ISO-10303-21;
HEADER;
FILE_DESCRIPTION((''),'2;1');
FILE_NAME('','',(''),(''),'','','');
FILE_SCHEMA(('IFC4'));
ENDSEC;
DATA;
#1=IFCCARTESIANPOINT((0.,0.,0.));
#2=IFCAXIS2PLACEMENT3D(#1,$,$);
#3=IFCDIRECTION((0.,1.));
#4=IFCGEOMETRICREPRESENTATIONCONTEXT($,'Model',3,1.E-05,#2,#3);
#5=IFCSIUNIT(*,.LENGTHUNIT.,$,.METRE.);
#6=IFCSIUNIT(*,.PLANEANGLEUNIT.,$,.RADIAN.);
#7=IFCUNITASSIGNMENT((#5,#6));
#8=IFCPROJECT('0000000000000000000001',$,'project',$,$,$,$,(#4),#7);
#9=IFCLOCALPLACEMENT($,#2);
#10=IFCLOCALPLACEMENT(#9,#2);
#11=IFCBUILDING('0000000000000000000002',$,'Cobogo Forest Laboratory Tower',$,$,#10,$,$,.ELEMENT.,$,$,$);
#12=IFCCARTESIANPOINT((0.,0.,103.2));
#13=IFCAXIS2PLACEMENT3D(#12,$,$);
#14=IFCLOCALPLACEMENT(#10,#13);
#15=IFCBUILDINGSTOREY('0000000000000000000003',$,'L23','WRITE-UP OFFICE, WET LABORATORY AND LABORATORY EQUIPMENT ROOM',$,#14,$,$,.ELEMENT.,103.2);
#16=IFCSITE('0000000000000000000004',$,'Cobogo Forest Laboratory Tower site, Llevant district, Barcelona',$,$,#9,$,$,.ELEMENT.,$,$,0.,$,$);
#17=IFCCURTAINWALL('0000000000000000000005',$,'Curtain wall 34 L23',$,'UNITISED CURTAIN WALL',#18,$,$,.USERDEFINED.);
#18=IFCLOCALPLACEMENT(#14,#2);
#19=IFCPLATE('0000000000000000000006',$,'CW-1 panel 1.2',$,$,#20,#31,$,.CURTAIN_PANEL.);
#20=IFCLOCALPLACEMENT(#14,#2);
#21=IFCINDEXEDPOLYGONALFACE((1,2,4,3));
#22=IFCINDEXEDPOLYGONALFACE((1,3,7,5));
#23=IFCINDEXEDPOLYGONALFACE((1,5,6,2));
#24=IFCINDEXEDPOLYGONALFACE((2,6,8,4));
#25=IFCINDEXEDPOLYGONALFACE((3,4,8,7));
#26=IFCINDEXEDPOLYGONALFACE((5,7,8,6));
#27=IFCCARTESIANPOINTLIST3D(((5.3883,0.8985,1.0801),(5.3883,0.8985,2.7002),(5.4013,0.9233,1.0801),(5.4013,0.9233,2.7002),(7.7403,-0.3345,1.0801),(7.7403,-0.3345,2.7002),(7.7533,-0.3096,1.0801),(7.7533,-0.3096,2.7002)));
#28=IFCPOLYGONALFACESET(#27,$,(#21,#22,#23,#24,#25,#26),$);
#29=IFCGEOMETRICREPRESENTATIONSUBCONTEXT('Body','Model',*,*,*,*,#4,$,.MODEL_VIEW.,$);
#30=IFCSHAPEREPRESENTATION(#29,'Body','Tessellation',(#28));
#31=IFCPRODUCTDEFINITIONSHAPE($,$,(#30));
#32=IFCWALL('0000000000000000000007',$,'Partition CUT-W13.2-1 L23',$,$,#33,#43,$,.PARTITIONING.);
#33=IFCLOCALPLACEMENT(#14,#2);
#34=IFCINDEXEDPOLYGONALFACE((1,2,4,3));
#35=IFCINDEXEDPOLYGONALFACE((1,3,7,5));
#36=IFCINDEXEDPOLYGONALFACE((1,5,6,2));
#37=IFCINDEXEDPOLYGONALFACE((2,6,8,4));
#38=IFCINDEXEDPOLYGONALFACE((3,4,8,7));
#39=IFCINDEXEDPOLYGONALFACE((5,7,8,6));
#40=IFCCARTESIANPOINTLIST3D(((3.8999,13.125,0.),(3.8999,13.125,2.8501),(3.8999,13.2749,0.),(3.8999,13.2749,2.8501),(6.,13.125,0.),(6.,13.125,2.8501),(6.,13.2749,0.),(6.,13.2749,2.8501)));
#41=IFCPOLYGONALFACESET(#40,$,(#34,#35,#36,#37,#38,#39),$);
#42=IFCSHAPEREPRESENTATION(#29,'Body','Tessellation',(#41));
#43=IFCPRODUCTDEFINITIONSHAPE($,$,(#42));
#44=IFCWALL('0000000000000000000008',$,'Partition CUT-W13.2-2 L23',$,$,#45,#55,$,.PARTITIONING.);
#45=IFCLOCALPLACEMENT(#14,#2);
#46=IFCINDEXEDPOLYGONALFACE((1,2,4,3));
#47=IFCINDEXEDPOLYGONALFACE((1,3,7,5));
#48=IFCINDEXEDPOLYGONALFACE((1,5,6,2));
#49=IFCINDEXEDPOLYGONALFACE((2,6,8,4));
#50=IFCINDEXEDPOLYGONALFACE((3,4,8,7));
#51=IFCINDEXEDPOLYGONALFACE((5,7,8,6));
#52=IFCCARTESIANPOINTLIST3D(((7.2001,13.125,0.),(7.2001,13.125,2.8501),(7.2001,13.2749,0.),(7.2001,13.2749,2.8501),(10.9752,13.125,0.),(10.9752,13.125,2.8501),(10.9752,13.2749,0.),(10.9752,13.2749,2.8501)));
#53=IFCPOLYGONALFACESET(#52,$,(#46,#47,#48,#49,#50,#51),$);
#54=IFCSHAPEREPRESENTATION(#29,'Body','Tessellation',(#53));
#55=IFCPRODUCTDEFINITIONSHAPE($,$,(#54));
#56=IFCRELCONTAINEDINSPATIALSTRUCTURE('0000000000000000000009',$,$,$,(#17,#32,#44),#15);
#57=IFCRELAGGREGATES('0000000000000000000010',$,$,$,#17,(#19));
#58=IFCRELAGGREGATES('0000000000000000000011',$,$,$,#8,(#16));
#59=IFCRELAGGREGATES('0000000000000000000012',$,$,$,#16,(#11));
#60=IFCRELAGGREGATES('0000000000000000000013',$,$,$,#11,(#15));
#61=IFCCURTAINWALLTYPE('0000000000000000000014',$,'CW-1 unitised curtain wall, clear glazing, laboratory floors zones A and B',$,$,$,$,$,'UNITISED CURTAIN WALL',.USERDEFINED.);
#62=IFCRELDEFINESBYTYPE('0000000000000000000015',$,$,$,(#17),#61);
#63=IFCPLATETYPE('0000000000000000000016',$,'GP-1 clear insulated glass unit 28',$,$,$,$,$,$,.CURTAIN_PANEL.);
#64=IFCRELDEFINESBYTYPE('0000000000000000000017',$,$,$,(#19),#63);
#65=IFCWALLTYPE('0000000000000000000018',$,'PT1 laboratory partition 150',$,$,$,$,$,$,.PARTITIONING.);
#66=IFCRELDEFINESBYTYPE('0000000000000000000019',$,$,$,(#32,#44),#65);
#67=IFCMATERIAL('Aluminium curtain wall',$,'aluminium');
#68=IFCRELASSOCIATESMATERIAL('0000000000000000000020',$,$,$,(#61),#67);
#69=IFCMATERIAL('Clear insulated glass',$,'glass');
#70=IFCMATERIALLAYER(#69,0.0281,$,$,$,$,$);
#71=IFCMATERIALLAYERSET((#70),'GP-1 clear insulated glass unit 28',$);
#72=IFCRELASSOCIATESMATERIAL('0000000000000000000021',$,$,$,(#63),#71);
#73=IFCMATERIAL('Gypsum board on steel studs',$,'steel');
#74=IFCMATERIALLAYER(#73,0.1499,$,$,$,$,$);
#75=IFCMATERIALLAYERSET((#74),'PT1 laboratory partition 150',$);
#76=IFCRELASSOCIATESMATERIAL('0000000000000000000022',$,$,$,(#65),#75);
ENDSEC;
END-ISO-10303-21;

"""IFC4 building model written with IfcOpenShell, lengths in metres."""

from ifc_helpers import new_model, si_unit, direction, frame, frame_2d, origin, origin_2d, place, context, subcontext, project, spatial, rectangle, extrude, material, layer, layer_set, type_object, element, aggregate, save


model = new_model("IFC4")

# Units and contexts
model_context = context("Model", 3, precision=1e-05, world=origin(), true_north=direction((0.0, 1.0)))
body_context = subcontext(model_context, "Body", "Model", "MODEL_VIEW")
ifc_project = project(units=[si_unit("LENGTHUNIT", "METRE"), si_unit("PLANEANGLEUNIT", "RADIAN")], contexts=[model_context])

# Site, building, storey
site_placement = place(None, origin())
site = spatial("IfcSite", under=ifc_project, at=site_placement, Name="Cobogo Forest Laboratory Tower site, Llevant district, Barcelona", CompositionType="ELEMENT", RefElevation=0.0)
building_placement = place(site_placement, origin())
building = spatial("IfcBuilding", under=site, at=building_placement, Name="Cobogo Forest Laboratory Tower", CompositionType="ELEMENT")
storey_placement = place(building_placement, frame((0.0, 0.0, 103.2)))
storey = spatial("IfcBuildingStorey", under=building, at=storey_placement, Name="L23", Description="WRITE-UP OFFICE, WET LABORATORY AND LABORATORY EQUIPMENT ROOM", CompositionType="ELEMENT", Elevation=103.2)

# Shared definitions
ifc_material_1 = material(Name="Aluminium curtain wall", Category="aluminium")
curtain_wall_type = type_object("IfcCurtainWallType", Name="CW-1 unitised curtain wall, clear glazing, laboratory floors zones A and B", ElementType="UNITISED CURTAIN WALL", PredefinedType="USERDEFINED", material=ifc_material_1)

# Curtain wall
curtain_wall_1_placement = place(storey_placement, origin())
curtain_wall_1 = element("IfcCurtainWall", 1, at=curtain_wall_1_placement, inside=storey, type_object=curtain_wall_type, Name="Curtain wall 34 L23", ObjectType="UNITISED CURTAIN WALL", PredefinedType="USERDEFINED")

# Plate
ifc_material_2 = material(Name="Clear insulated glass", Category="glass")
ifc_layer_1 = layer(ifc_material_2, 0.0281)
ifc_layer_set_1 = layer_set([ifc_layer_1], Name="GP-1 clear insulated glass unit 28")
plate_type = type_object("IfcPlateType", Name="GP-1 clear insulated glass unit 28", PredefinedType="CURTAIN_PANEL", material=ifc_layer_set_1)
plate_1_placement = place(storey_placement, frame((6.5708, 0.2944, 1.0801), z_axis=(0.0, 0.0, 1.0), x_axis=(0.885687, -0.464284, 0.0)))
plate_1 = element("IfcPlate", 2, at=plate_1_placement, type_object=plate_type, Name="CW-1 panel 1.2", PredefinedType="CURTAIN_PANEL", context=body_context, shape_type="SweptSolid", body=[
    extrude(rectangle(XDim=2.6555, YDim=0.0281, at=origin_2d()), origin(), (0.0, 0.0, 1.0), 1.6201),
])
aggregate(curtain_wall_1, [plate_1])

# Walls
ifc_material_3 = material(Name="Gypsum board on steel studs", Category="steel")
ifc_layer_2 = layer(ifc_material_3, 0.1499)
ifc_layer_set_2 = layer_set([ifc_layer_2], Name="PT1 laboratory partition 150")
wall_type = type_object("IfcWallType", Name="PT1 laboratory partition 150", PredefinedType="PARTITIONING", material=ifc_layer_set_2)
wall_1_placement = place(storey_placement, frame((3.8999, 13.2, 0.0), z_axis=(0.0, 0.0, 1.0), x_axis=(1.0, 0.0, 0.0)))
element("IfcWall", 3, at=wall_1_placement, inside=storey, type_object=wall_type, Name="Partition CUT-W13.2-1 L23", PredefinedType="PARTITIONING", context=body_context, shape_type="SweptSolid", body=[
    extrude(rectangle(XDim=2.1001, YDim=0.1499, at=frame_2d((1.05, 0.0))), origin(), (0.0, 0.0, 1.0), 2.8501),
])
wall_2_placement = place(storey_placement, frame((7.2, 13.2, 0.0), z_axis=(0.0, 0.0, 1.0), x_axis=(1.0, 0.0, 0.0)))
element("IfcWall", 4, at=wall_2_placement, inside=storey, type_object=wall_type, Name="Partition CUT-W13.2-2 L23", PredefinedType="PARTITIONING", context=body_context, shape_type="SweptSolid", body=[
    extrude(rectangle(XDim=3.7751, YDim=0.1499, at=frame_2d((1.8877, 0.0))), origin(), (0.0, 0.0, 1.0), 2.8501),
])

save(model, "model.ifc")
